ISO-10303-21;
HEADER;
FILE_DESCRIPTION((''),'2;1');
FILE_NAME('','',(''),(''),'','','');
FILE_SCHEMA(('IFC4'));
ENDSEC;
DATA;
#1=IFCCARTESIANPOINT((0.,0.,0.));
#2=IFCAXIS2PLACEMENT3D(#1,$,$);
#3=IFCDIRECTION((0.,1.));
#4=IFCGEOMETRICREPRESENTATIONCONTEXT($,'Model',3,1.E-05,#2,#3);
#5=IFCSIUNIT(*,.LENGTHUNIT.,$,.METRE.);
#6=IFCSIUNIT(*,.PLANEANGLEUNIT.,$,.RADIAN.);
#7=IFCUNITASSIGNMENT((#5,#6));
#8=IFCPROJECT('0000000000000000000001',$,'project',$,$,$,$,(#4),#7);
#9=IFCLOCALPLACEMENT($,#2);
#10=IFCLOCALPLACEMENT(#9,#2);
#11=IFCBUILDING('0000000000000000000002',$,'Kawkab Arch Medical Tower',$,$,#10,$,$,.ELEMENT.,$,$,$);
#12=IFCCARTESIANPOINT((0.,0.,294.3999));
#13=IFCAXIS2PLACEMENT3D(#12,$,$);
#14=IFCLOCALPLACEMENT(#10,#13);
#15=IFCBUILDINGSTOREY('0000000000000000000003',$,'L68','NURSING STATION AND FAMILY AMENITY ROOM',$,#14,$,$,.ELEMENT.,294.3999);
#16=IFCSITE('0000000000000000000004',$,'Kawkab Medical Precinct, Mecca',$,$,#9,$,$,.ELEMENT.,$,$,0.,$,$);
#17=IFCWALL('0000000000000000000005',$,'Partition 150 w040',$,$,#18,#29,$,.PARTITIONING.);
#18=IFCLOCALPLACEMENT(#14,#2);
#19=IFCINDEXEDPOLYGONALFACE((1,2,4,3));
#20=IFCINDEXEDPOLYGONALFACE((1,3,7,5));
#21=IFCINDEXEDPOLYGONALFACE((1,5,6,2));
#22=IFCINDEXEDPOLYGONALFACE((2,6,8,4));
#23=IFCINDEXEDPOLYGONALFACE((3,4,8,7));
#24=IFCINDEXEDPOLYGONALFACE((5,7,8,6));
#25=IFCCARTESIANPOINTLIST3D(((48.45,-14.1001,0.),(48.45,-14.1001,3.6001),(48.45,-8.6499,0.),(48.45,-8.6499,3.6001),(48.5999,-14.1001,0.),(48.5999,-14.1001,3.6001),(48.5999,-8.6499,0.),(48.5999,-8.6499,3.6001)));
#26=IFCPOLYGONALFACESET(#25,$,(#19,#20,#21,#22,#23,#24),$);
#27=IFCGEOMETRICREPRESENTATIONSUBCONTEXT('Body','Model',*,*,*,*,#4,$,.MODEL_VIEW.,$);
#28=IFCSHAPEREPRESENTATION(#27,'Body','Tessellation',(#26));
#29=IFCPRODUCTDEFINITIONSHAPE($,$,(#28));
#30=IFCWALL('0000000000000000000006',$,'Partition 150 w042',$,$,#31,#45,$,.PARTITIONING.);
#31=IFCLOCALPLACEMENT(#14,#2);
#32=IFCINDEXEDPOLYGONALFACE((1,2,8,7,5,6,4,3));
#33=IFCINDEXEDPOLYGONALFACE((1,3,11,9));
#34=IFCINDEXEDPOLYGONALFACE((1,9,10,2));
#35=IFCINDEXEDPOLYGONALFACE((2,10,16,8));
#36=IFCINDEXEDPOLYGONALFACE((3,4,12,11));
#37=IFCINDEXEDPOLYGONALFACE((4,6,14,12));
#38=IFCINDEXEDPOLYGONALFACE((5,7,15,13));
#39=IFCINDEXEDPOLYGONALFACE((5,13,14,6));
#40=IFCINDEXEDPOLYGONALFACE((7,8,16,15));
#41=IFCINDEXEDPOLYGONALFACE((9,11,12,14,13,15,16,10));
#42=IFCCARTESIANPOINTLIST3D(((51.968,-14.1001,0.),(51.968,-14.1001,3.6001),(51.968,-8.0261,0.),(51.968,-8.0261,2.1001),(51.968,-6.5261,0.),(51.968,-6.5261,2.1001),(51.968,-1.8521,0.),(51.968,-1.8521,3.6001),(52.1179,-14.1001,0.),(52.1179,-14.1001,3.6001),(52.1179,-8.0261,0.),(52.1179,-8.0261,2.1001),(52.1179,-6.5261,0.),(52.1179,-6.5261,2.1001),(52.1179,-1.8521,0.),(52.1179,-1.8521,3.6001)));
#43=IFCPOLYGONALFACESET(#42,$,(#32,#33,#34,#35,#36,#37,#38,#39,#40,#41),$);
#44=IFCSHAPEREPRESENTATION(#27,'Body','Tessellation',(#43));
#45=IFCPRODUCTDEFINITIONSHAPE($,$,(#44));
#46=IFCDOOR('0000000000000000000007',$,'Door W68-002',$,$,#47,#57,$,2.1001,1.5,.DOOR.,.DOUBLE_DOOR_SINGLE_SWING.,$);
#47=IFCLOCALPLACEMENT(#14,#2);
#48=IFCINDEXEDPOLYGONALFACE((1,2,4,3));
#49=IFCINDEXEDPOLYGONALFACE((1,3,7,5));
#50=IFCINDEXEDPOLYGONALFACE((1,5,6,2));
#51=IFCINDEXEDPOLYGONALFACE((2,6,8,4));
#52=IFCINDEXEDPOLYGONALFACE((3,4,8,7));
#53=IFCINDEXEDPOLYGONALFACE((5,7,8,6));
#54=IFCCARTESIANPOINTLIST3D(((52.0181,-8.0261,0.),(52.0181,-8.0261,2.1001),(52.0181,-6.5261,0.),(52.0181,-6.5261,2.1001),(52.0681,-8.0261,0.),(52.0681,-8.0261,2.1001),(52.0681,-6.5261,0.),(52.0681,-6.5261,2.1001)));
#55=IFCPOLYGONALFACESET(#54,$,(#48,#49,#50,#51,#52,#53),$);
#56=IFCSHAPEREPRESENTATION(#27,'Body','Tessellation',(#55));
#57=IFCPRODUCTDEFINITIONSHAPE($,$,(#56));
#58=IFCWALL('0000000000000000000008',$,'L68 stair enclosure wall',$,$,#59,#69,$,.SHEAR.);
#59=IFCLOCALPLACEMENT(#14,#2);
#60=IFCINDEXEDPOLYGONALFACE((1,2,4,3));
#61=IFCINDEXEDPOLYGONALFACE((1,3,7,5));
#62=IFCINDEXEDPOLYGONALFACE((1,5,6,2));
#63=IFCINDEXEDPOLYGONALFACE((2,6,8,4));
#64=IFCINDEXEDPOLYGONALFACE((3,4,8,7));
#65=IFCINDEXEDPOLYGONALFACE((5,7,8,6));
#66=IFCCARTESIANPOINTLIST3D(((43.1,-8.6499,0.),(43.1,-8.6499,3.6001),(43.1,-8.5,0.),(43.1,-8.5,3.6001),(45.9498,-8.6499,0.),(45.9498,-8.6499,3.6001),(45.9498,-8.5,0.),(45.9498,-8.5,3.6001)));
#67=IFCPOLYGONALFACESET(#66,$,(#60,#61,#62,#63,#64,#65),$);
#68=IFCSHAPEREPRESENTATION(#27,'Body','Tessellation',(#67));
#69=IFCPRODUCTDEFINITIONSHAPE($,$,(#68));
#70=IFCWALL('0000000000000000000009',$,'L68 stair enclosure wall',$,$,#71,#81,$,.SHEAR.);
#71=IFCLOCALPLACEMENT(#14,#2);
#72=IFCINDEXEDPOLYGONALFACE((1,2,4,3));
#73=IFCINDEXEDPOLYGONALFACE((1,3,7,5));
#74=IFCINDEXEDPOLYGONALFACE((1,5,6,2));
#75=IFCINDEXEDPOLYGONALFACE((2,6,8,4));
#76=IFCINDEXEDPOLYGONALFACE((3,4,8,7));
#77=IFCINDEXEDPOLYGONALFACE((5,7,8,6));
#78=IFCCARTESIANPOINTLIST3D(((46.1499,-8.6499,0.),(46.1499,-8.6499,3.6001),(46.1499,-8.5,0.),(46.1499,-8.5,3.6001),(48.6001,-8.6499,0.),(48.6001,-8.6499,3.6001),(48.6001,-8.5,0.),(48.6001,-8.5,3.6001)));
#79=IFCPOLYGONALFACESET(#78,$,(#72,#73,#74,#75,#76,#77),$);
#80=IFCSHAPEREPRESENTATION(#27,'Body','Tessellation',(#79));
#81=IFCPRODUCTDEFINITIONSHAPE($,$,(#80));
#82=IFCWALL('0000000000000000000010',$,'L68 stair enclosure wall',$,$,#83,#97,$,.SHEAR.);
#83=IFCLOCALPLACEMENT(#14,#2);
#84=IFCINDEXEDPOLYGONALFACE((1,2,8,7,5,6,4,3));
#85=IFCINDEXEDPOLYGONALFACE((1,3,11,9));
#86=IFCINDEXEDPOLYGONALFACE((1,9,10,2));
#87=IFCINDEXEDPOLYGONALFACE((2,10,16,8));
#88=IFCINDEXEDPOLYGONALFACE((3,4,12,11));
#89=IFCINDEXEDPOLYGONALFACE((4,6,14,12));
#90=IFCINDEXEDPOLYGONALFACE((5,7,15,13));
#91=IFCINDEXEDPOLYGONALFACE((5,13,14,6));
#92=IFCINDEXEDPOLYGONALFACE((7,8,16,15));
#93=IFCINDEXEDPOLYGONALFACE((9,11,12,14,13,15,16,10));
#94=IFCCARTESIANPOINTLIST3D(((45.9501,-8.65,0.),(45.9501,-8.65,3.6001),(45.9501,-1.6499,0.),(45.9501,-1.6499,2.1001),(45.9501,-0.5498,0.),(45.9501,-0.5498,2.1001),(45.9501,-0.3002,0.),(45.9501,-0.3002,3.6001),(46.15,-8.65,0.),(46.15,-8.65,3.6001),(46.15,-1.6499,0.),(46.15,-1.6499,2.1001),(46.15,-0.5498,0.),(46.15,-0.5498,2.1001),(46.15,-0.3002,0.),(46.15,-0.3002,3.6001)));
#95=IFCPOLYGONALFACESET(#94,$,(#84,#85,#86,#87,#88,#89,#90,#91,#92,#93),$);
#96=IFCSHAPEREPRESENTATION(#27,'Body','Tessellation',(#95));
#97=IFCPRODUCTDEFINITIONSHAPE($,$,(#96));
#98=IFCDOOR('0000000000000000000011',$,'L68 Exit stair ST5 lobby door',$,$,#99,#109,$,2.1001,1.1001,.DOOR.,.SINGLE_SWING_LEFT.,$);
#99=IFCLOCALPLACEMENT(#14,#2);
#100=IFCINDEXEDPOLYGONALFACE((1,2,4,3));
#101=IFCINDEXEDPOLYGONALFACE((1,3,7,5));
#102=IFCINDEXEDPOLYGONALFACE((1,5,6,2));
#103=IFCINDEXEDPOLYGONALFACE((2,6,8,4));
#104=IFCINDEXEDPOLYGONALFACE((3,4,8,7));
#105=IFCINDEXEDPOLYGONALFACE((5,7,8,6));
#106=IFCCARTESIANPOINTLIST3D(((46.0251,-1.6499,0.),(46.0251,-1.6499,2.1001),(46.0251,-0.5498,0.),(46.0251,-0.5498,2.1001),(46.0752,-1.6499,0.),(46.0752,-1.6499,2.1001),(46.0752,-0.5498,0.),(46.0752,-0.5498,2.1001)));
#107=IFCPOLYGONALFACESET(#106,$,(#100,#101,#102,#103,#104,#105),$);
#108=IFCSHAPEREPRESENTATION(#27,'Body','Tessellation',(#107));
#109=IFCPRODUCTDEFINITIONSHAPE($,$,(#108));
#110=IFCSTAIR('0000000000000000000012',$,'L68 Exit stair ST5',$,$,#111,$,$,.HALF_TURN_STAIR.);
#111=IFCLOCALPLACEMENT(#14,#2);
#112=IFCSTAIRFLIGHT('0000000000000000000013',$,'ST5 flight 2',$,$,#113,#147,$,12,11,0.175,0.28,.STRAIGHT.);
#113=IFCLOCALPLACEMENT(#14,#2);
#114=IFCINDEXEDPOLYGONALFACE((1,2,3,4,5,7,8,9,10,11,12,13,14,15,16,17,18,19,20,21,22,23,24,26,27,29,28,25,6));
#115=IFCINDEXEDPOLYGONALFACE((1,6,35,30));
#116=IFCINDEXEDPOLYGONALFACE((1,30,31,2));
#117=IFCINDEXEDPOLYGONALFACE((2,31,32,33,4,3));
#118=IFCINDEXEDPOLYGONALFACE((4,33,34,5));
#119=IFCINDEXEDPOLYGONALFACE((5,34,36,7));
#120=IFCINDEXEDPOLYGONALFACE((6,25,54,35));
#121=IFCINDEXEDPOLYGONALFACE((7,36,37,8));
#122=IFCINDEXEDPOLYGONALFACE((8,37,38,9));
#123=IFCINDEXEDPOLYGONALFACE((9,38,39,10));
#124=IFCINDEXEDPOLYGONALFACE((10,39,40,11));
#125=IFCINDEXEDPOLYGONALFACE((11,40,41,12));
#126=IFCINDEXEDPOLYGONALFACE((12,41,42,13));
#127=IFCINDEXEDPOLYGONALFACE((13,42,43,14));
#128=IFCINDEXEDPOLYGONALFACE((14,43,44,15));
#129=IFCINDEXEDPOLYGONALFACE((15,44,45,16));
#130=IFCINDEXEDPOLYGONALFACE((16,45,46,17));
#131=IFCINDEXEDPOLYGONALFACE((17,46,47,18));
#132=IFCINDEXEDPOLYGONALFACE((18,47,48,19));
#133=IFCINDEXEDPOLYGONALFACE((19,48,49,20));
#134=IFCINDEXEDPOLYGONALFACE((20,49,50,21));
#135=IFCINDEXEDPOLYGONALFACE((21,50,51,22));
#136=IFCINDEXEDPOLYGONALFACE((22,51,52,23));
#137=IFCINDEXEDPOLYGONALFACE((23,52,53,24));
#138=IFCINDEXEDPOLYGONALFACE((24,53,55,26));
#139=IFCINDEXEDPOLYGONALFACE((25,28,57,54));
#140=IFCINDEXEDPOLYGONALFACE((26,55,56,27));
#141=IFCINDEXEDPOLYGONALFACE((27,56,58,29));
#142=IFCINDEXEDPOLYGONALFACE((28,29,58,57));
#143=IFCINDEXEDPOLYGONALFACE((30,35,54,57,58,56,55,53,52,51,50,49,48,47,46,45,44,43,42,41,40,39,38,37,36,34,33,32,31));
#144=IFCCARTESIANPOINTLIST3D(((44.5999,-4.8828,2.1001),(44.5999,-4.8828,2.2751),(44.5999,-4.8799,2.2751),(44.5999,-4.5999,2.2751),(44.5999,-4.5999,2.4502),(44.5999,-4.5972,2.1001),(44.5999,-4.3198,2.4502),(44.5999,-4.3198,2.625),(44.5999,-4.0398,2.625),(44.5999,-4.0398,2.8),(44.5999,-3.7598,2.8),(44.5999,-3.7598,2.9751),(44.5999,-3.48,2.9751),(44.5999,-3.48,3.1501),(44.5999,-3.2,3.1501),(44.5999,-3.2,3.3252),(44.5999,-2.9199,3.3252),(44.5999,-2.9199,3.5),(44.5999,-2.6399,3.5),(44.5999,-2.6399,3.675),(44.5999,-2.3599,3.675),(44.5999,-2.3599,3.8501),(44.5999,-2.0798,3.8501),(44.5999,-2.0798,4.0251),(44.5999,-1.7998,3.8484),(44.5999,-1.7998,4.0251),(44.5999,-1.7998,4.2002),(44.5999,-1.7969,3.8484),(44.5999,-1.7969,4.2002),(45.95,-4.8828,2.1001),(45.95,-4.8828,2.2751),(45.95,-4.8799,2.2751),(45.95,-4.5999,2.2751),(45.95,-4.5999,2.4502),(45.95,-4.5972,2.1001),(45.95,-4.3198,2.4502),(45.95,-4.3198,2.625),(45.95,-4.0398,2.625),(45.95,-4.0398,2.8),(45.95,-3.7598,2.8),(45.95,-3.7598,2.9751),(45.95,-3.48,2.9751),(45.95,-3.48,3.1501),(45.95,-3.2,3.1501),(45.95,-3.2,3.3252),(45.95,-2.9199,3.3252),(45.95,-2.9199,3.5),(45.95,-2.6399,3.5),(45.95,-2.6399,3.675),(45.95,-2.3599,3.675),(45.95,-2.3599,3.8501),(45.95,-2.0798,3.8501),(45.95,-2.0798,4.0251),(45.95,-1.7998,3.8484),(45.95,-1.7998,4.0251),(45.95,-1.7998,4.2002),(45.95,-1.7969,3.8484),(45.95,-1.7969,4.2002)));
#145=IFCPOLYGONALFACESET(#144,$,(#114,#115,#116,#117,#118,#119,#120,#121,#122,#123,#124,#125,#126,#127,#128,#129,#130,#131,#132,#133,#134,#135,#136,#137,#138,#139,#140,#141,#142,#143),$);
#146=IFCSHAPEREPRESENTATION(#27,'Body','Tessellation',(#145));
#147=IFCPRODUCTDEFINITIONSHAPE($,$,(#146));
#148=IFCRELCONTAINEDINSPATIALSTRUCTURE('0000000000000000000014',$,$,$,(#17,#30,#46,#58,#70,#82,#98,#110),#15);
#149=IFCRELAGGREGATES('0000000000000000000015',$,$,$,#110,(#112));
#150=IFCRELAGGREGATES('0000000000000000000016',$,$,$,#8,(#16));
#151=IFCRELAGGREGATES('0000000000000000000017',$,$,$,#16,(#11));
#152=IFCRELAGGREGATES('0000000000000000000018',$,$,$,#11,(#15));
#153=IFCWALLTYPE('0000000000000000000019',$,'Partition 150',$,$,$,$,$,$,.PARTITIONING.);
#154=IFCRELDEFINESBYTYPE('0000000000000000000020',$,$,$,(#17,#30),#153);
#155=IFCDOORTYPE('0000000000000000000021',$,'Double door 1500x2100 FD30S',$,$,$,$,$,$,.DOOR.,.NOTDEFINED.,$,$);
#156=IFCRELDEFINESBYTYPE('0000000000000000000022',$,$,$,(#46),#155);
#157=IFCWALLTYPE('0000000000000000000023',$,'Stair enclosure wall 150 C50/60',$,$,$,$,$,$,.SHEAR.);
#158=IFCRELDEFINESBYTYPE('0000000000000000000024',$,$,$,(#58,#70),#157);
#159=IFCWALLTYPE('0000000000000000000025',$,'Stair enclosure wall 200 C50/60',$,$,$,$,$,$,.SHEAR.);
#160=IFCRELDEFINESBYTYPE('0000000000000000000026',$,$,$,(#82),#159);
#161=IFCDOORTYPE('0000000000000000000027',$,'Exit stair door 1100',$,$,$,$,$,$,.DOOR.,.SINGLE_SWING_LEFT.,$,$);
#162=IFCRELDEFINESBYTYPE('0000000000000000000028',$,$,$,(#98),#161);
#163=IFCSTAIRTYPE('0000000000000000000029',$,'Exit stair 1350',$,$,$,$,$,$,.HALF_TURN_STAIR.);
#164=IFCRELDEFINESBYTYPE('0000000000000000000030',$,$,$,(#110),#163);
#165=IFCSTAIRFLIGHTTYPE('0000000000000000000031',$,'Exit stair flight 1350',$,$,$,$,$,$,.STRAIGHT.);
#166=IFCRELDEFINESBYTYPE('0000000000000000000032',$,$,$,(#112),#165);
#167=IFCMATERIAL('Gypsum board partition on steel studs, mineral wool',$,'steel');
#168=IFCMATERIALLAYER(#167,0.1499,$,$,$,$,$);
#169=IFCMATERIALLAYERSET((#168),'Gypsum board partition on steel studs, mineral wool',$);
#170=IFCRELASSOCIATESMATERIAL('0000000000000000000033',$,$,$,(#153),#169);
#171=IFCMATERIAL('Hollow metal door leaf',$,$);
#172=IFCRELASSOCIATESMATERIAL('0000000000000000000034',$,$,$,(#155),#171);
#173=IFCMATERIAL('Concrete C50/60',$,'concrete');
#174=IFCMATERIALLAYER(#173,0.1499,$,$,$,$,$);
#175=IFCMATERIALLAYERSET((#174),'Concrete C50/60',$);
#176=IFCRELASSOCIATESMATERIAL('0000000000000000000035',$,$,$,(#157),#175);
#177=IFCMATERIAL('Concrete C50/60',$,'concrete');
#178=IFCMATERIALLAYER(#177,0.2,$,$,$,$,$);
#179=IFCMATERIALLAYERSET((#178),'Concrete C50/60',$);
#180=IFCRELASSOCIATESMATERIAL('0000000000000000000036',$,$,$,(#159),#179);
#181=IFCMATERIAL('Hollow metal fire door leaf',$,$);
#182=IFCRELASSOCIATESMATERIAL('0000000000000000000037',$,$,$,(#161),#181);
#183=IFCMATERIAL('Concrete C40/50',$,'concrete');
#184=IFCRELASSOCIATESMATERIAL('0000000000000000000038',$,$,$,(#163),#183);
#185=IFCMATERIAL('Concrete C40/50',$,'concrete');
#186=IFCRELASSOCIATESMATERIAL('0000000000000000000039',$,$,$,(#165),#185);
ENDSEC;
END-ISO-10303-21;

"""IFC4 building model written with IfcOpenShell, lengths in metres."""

from ifc_helpers import new_model, si_unit, direction, frame, frame_2d, origin, place, context, subcontext, project, spatial, polyline, rectangle, outline, extrude, material, layer, layer_set, type_object, element, fill, aggregate, save


model = new_model("IFC4")

# Units and contexts
model_context = context("Model", 3, precision=1e-05, world=origin(), true_north=direction((0.0, 1.0)))
body_context = subcontext(model_context, "Body", "Model", "MODEL_VIEW")
ifc_project = project(units=[si_unit("LENGTHUNIT", "METRE"), si_unit("PLANEANGLEUNIT", "RADIAN")], contexts=[model_context])

# Site, building, storey
site_placement = place(None, origin())
site = spatial("IfcSite", under=ifc_project, at=site_placement, Name="Kawkab Medical Precinct, Mecca", CompositionType="ELEMENT", RefElevation=0.0)
building_placement = place(site_placement, origin())
building = spatial("IfcBuilding", under=site, at=building_placement, Name="Kawkab Arch Medical Tower", CompositionType="ELEMENT")
storey_placement = place(building_placement, frame((0.0, 0.0, 294.3999)))
storey = spatial("IfcBuildingStorey", under=building, at=storey_placement, Name="L68", Description="NURSING STATION AND FAMILY AMENITY ROOM", CompositionType="ELEMENT", Elevation=294.3999)

# Shared definitions
placement = place(storey_placement, origin())

# Wall
ifc_material_1 = material(Name="Gypsum board partition on steel studs, mineral wool", Category="steel")
ifc_layer_1 = layer(ifc_material_1, 0.1499)
ifc_layer_set_1 = layer_set([ifc_layer_1], Name="Gypsum board partition on steel studs, mineral wool")
wall_type_1 = type_object("IfcWallType", Name="Partition 150", PredefinedType="PARTITIONING", material=ifc_layer_set_1)
wall_1_placement = place(storey_placement, frame((48.5249, -14.1001, 0.0), z_axis=(0.0, 0.0, 1.0), x_axis=(0.0, 1.0, 0.0)))
element("IfcWall", 1, at=wall_1_placement, inside=storey, type_object=wall_type_1, Name="Partition 150 w040", PredefinedType="PARTITIONING", context=body_context, shape_type="SweptSolid", body=[
    extrude(rectangle(XDim=5.4502, YDim=0.1499, at=frame_2d((2.7251, 0.0))), origin(), (0.0, 0.0, 1.0), 3.6001),
])

# Wall, opening, door
wall_2_placement = place(storey_placement, frame((52.043, -14.1001, 0.0), z_axis=(0.0, 0.0, 1.0), x_axis=(0.0, 1.0, 0.0)))
wall_2 = element("IfcWall", 2, at=wall_2_placement, inside=storey, type_object=wall_type_1, Name="Partition 150 w042", PredefinedType="PARTITIONING", context=body_context, shape_type="SweptSolid", body=[
    extrude(rectangle(XDim=12.248, YDim=0.1499, at=frame_2d((6.124, 0.0))), origin(), (0.0, 0.0, 1.0), 3.6001),
])
opening_1_placement = place(wall_2_placement, frame((6.074, 0.0, 0.0)))
opening_1 = element("IfcOpeningElement", 3, at=opening_1_placement, cuts=wall_2, PredefinedType="OPENING", context=body_context, shape_type="SweptSolid", body=[
    extrude(rectangle(XDim=1.5, YDim=2.1001, at=frame_2d((0.75, 1.05))), frame((0.0, 0.085, 0.0), z_axis=(0.0, -1.0, 0.0), x_axis=(1.0, 0.0, 0.0)), (0.0, 0.0, 1.0), 0.1699),
])
ifc_material_2 = material(Name="Hollow metal door leaf")
door_type_1 = type_object("IfcDoorType", Name="Double door 1500x2100 FD30S", OperationType="NOTDEFINED", PredefinedType="DOOR", material=ifc_material_2)
door_1_placement = place(opening_1_placement, origin())
door_1 = element("IfcDoor", 4, at=door_1_placement, inside=storey, type_object=door_type_1, Name="Door W68-002", OperationType="DOUBLE_DOOR_SINGLE_SWING", OverallHeight=2.1001, OverallWidth=1.5, PredefinedType="DOOR", context=body_context, shape_type="SweptSolid", body=[
    extrude(rectangle(XDim=1.5, YDim=2.1001, at=frame_2d((0.75, 1.05))), frame((0.0, 0.0249, 0.0), z_axis=(0.0, -1.0, 0.0), x_axis=(1.0, 0.0, 0.0)), (0.0, 0.0, 1.0), 0.05),
])
fill(opening_1, door_1)

# Walls
ifc_material_3 = material(Name="Concrete C50/60", Category="concrete")
ifc_layer_2 = layer(ifc_material_3, 0.1499)
ifc_layer_set_2 = layer_set([ifc_layer_2], Name="Concrete C50/60")
wall_type_2 = type_object("IfcWallType", Name="Stair enclosure wall 150 C50/60", PredefinedType="SHEAR", material=ifc_layer_set_2)
wall_3_placement = place(storey_placement, frame((43.1001, -8.575, 0.0), z_axis=(0.0, 0.0, 1.0), x_axis=(1.0, 0.0, 0.0)))
element("IfcWall", 5, at=wall_3_placement, inside=storey, type_object=wall_type_2, Name="L68 stair enclosure wall", PredefinedType="SHEAR", context=body_context, shape_type="SweptSolid", body=[
    extrude(rectangle(XDim=2.8499, YDim=0.1499, at=frame_2d((1.4248, 0.0))), origin(), (0.0, 0.0, 1.0), 3.6001),
])
wall_4_placement = place(storey_placement, frame((46.1499, -8.575, 0.0), z_axis=(0.0, 0.0, 1.0), x_axis=(1.0, 0.0, 0.0)))
element("IfcWall", 6, at=wall_4_placement, inside=storey, type_object=wall_type_2, Name="L68 stair enclosure wall", PredefinedType="SHEAR", context=body_context, shape_type="SweptSolid", body=[
    extrude(rectangle(XDim=2.4502, YDim=0.1499, at=frame_2d((1.2251, 0.0))), origin(), (0.0, 0.0, 1.0), 3.6001),
])

# Wall, opening, door
ifc_material_4 = material(Name="Concrete C50/60", Category="concrete")
ifc_layer_3 = layer(ifc_material_4, 0.2)
ifc_layer_set_3 = layer_set([ifc_layer_3], Name="Concrete C50/60")
wall_type_3 = type_object("IfcWallType", Name="Stair enclosure wall 200 C50/60", PredefinedType="SHEAR", material=ifc_layer_set_3)
wall_5_placement = place(storey_placement, frame((46.05, -8.6499, 0.0), z_axis=(0.0, 0.0, 1.0), x_axis=(0.0, 1.0, 0.0)))
wall_5 = element("IfcWall", 7, at=wall_5_placement, inside=storey, type_object=wall_type_3, Name="L68 stair enclosure wall", PredefinedType="SHEAR", context=body_context, shape_type="SweptSolid", body=[
    extrude(rectangle(XDim=8.3499, YDim=0.2, at=frame_2d((4.1748, 0.0))), origin(), (0.0, 0.0, 1.0), 3.6001),
])
opening_2_placement = place(wall_5_placement, frame((7.0, 0.0, 0.0)))
opening_2 = element("IfcOpeningElement", 8, at=opening_2_placement, cuts=wall_5, PredefinedType="OPENING", context=body_context, shape_type="SweptSolid", body=[
    extrude(rectangle(XDim=1.1001, YDim=2.1001, at=frame_2d((0.55, 1.05))), frame((0.0, 0.1099, 0.0), z_axis=(0.0, -1.0, 0.0), x_axis=(1.0, 0.0, 0.0)), (0.0, 0.0, 1.0), 0.22),
])
ifc_material_5 = material(Name="Hollow metal fire door leaf")
door_type_2 = type_object("IfcDoorType", Name="Exit stair door 1100", OperationType="SINGLE_SWING_LEFT", PredefinedType="DOOR", material=ifc_material_5)
door_2_placement = place(opening_2_placement, origin())
door_2 = element("IfcDoor", 9, at=door_2_placement, inside=storey, type_object=door_type_2, Name="L68 Exit stair ST5 lobby door", OperationType="SINGLE_SWING_LEFT", OverallHeight=2.1001, OverallWidth=1.1001, PredefinedType="DOOR", context=body_context, shape_type="SweptSolid", body=[
    extrude(rectangle(XDim=1.1001, YDim=2.1001, at=frame_2d((0.55, 1.05))), frame((0.0, 0.0249, 0.0), z_axis=(0.0, -1.0, 0.0), x_axis=(1.0, 0.0, 0.0)), (0.0, 0.0, 1.0), 0.05),
])
fill(opening_2, door_2)

# Stair, stair flight
ifc_material_6 = material(Name="Concrete C40/50", Category="concrete")
stair_type = type_object("IfcStairType", Name="Exit stair 1350", PredefinedType="HALF_TURN_STAIR", material=ifc_material_6)
stair = element("IfcStair", 10, at=placement, inside=storey, type_object=stair_type, Name="L68 Exit stair ST5", PredefinedType="HALF_TURN_STAIR")
ifc_material_7 = material(Name="Concrete C40/50", Category="concrete")
stair_flight_type = type_object("IfcStairFlightType", Name="Exit stair flight 1350", PredefinedType="STRAIGHT", material=ifc_material_7)
stair_flight_placement = place(storey_placement, frame((45.2749, -4.8799, 2.1001), z_axis=(0.0, 0.0, 1.0), x_axis=(0.0, 1.0, 0.0)))
stair_flight = element("IfcStairFlight", 11, at=stair_flight_placement, type_object=stair_flight_type, Name="ST5 flight 2", NumberOfRisers=12, NumberOfTreads=11, PredefinedType="STRAIGHT", RiserHeight=0.175, TreadLength=0.28, context=body_context, shape_type="SweptSolid", body=[
    extrude(outline(polyline([(-0.0029, 0.0), (-0.0029, 0.175), (0.0, 0.175), (0.28, 0.175), (0.28, 0.3501), (0.5601, 0.3501), (0.5601, 0.5249), (0.8401, 0.5249), (0.8401, 0.7), (1.1201, 0.7), (1.1201, 0.875), (1.3999, 0.875), (1.3999, 1.05), (1.6799, 1.05), (1.6799, 1.2251), (1.96, 1.2251), (1.96, 1.3999), (2.24, 1.3999), (2.24, 1.575), (2.52, 1.575), (2.52, 1.75), (2.8, 1.75), (2.8, 1.925), (3.0801, 1.925), (3.0801, 2.1001), (3.083, 2.1001), (3.083, 1.7483), (3.0801, 1.7483), (0.2827, 0.0), (-0.0029, 0.0)])), frame((0.0, 0.675, 0.0), z_axis=(0.0, -1.0, 0.0), x_axis=(1.0, 0.0, 0.0)), (0.0, 0.0, 1.0), 1.3501),
])
aggregate(stair, [stair_flight])

save(model, "model.ifc")
